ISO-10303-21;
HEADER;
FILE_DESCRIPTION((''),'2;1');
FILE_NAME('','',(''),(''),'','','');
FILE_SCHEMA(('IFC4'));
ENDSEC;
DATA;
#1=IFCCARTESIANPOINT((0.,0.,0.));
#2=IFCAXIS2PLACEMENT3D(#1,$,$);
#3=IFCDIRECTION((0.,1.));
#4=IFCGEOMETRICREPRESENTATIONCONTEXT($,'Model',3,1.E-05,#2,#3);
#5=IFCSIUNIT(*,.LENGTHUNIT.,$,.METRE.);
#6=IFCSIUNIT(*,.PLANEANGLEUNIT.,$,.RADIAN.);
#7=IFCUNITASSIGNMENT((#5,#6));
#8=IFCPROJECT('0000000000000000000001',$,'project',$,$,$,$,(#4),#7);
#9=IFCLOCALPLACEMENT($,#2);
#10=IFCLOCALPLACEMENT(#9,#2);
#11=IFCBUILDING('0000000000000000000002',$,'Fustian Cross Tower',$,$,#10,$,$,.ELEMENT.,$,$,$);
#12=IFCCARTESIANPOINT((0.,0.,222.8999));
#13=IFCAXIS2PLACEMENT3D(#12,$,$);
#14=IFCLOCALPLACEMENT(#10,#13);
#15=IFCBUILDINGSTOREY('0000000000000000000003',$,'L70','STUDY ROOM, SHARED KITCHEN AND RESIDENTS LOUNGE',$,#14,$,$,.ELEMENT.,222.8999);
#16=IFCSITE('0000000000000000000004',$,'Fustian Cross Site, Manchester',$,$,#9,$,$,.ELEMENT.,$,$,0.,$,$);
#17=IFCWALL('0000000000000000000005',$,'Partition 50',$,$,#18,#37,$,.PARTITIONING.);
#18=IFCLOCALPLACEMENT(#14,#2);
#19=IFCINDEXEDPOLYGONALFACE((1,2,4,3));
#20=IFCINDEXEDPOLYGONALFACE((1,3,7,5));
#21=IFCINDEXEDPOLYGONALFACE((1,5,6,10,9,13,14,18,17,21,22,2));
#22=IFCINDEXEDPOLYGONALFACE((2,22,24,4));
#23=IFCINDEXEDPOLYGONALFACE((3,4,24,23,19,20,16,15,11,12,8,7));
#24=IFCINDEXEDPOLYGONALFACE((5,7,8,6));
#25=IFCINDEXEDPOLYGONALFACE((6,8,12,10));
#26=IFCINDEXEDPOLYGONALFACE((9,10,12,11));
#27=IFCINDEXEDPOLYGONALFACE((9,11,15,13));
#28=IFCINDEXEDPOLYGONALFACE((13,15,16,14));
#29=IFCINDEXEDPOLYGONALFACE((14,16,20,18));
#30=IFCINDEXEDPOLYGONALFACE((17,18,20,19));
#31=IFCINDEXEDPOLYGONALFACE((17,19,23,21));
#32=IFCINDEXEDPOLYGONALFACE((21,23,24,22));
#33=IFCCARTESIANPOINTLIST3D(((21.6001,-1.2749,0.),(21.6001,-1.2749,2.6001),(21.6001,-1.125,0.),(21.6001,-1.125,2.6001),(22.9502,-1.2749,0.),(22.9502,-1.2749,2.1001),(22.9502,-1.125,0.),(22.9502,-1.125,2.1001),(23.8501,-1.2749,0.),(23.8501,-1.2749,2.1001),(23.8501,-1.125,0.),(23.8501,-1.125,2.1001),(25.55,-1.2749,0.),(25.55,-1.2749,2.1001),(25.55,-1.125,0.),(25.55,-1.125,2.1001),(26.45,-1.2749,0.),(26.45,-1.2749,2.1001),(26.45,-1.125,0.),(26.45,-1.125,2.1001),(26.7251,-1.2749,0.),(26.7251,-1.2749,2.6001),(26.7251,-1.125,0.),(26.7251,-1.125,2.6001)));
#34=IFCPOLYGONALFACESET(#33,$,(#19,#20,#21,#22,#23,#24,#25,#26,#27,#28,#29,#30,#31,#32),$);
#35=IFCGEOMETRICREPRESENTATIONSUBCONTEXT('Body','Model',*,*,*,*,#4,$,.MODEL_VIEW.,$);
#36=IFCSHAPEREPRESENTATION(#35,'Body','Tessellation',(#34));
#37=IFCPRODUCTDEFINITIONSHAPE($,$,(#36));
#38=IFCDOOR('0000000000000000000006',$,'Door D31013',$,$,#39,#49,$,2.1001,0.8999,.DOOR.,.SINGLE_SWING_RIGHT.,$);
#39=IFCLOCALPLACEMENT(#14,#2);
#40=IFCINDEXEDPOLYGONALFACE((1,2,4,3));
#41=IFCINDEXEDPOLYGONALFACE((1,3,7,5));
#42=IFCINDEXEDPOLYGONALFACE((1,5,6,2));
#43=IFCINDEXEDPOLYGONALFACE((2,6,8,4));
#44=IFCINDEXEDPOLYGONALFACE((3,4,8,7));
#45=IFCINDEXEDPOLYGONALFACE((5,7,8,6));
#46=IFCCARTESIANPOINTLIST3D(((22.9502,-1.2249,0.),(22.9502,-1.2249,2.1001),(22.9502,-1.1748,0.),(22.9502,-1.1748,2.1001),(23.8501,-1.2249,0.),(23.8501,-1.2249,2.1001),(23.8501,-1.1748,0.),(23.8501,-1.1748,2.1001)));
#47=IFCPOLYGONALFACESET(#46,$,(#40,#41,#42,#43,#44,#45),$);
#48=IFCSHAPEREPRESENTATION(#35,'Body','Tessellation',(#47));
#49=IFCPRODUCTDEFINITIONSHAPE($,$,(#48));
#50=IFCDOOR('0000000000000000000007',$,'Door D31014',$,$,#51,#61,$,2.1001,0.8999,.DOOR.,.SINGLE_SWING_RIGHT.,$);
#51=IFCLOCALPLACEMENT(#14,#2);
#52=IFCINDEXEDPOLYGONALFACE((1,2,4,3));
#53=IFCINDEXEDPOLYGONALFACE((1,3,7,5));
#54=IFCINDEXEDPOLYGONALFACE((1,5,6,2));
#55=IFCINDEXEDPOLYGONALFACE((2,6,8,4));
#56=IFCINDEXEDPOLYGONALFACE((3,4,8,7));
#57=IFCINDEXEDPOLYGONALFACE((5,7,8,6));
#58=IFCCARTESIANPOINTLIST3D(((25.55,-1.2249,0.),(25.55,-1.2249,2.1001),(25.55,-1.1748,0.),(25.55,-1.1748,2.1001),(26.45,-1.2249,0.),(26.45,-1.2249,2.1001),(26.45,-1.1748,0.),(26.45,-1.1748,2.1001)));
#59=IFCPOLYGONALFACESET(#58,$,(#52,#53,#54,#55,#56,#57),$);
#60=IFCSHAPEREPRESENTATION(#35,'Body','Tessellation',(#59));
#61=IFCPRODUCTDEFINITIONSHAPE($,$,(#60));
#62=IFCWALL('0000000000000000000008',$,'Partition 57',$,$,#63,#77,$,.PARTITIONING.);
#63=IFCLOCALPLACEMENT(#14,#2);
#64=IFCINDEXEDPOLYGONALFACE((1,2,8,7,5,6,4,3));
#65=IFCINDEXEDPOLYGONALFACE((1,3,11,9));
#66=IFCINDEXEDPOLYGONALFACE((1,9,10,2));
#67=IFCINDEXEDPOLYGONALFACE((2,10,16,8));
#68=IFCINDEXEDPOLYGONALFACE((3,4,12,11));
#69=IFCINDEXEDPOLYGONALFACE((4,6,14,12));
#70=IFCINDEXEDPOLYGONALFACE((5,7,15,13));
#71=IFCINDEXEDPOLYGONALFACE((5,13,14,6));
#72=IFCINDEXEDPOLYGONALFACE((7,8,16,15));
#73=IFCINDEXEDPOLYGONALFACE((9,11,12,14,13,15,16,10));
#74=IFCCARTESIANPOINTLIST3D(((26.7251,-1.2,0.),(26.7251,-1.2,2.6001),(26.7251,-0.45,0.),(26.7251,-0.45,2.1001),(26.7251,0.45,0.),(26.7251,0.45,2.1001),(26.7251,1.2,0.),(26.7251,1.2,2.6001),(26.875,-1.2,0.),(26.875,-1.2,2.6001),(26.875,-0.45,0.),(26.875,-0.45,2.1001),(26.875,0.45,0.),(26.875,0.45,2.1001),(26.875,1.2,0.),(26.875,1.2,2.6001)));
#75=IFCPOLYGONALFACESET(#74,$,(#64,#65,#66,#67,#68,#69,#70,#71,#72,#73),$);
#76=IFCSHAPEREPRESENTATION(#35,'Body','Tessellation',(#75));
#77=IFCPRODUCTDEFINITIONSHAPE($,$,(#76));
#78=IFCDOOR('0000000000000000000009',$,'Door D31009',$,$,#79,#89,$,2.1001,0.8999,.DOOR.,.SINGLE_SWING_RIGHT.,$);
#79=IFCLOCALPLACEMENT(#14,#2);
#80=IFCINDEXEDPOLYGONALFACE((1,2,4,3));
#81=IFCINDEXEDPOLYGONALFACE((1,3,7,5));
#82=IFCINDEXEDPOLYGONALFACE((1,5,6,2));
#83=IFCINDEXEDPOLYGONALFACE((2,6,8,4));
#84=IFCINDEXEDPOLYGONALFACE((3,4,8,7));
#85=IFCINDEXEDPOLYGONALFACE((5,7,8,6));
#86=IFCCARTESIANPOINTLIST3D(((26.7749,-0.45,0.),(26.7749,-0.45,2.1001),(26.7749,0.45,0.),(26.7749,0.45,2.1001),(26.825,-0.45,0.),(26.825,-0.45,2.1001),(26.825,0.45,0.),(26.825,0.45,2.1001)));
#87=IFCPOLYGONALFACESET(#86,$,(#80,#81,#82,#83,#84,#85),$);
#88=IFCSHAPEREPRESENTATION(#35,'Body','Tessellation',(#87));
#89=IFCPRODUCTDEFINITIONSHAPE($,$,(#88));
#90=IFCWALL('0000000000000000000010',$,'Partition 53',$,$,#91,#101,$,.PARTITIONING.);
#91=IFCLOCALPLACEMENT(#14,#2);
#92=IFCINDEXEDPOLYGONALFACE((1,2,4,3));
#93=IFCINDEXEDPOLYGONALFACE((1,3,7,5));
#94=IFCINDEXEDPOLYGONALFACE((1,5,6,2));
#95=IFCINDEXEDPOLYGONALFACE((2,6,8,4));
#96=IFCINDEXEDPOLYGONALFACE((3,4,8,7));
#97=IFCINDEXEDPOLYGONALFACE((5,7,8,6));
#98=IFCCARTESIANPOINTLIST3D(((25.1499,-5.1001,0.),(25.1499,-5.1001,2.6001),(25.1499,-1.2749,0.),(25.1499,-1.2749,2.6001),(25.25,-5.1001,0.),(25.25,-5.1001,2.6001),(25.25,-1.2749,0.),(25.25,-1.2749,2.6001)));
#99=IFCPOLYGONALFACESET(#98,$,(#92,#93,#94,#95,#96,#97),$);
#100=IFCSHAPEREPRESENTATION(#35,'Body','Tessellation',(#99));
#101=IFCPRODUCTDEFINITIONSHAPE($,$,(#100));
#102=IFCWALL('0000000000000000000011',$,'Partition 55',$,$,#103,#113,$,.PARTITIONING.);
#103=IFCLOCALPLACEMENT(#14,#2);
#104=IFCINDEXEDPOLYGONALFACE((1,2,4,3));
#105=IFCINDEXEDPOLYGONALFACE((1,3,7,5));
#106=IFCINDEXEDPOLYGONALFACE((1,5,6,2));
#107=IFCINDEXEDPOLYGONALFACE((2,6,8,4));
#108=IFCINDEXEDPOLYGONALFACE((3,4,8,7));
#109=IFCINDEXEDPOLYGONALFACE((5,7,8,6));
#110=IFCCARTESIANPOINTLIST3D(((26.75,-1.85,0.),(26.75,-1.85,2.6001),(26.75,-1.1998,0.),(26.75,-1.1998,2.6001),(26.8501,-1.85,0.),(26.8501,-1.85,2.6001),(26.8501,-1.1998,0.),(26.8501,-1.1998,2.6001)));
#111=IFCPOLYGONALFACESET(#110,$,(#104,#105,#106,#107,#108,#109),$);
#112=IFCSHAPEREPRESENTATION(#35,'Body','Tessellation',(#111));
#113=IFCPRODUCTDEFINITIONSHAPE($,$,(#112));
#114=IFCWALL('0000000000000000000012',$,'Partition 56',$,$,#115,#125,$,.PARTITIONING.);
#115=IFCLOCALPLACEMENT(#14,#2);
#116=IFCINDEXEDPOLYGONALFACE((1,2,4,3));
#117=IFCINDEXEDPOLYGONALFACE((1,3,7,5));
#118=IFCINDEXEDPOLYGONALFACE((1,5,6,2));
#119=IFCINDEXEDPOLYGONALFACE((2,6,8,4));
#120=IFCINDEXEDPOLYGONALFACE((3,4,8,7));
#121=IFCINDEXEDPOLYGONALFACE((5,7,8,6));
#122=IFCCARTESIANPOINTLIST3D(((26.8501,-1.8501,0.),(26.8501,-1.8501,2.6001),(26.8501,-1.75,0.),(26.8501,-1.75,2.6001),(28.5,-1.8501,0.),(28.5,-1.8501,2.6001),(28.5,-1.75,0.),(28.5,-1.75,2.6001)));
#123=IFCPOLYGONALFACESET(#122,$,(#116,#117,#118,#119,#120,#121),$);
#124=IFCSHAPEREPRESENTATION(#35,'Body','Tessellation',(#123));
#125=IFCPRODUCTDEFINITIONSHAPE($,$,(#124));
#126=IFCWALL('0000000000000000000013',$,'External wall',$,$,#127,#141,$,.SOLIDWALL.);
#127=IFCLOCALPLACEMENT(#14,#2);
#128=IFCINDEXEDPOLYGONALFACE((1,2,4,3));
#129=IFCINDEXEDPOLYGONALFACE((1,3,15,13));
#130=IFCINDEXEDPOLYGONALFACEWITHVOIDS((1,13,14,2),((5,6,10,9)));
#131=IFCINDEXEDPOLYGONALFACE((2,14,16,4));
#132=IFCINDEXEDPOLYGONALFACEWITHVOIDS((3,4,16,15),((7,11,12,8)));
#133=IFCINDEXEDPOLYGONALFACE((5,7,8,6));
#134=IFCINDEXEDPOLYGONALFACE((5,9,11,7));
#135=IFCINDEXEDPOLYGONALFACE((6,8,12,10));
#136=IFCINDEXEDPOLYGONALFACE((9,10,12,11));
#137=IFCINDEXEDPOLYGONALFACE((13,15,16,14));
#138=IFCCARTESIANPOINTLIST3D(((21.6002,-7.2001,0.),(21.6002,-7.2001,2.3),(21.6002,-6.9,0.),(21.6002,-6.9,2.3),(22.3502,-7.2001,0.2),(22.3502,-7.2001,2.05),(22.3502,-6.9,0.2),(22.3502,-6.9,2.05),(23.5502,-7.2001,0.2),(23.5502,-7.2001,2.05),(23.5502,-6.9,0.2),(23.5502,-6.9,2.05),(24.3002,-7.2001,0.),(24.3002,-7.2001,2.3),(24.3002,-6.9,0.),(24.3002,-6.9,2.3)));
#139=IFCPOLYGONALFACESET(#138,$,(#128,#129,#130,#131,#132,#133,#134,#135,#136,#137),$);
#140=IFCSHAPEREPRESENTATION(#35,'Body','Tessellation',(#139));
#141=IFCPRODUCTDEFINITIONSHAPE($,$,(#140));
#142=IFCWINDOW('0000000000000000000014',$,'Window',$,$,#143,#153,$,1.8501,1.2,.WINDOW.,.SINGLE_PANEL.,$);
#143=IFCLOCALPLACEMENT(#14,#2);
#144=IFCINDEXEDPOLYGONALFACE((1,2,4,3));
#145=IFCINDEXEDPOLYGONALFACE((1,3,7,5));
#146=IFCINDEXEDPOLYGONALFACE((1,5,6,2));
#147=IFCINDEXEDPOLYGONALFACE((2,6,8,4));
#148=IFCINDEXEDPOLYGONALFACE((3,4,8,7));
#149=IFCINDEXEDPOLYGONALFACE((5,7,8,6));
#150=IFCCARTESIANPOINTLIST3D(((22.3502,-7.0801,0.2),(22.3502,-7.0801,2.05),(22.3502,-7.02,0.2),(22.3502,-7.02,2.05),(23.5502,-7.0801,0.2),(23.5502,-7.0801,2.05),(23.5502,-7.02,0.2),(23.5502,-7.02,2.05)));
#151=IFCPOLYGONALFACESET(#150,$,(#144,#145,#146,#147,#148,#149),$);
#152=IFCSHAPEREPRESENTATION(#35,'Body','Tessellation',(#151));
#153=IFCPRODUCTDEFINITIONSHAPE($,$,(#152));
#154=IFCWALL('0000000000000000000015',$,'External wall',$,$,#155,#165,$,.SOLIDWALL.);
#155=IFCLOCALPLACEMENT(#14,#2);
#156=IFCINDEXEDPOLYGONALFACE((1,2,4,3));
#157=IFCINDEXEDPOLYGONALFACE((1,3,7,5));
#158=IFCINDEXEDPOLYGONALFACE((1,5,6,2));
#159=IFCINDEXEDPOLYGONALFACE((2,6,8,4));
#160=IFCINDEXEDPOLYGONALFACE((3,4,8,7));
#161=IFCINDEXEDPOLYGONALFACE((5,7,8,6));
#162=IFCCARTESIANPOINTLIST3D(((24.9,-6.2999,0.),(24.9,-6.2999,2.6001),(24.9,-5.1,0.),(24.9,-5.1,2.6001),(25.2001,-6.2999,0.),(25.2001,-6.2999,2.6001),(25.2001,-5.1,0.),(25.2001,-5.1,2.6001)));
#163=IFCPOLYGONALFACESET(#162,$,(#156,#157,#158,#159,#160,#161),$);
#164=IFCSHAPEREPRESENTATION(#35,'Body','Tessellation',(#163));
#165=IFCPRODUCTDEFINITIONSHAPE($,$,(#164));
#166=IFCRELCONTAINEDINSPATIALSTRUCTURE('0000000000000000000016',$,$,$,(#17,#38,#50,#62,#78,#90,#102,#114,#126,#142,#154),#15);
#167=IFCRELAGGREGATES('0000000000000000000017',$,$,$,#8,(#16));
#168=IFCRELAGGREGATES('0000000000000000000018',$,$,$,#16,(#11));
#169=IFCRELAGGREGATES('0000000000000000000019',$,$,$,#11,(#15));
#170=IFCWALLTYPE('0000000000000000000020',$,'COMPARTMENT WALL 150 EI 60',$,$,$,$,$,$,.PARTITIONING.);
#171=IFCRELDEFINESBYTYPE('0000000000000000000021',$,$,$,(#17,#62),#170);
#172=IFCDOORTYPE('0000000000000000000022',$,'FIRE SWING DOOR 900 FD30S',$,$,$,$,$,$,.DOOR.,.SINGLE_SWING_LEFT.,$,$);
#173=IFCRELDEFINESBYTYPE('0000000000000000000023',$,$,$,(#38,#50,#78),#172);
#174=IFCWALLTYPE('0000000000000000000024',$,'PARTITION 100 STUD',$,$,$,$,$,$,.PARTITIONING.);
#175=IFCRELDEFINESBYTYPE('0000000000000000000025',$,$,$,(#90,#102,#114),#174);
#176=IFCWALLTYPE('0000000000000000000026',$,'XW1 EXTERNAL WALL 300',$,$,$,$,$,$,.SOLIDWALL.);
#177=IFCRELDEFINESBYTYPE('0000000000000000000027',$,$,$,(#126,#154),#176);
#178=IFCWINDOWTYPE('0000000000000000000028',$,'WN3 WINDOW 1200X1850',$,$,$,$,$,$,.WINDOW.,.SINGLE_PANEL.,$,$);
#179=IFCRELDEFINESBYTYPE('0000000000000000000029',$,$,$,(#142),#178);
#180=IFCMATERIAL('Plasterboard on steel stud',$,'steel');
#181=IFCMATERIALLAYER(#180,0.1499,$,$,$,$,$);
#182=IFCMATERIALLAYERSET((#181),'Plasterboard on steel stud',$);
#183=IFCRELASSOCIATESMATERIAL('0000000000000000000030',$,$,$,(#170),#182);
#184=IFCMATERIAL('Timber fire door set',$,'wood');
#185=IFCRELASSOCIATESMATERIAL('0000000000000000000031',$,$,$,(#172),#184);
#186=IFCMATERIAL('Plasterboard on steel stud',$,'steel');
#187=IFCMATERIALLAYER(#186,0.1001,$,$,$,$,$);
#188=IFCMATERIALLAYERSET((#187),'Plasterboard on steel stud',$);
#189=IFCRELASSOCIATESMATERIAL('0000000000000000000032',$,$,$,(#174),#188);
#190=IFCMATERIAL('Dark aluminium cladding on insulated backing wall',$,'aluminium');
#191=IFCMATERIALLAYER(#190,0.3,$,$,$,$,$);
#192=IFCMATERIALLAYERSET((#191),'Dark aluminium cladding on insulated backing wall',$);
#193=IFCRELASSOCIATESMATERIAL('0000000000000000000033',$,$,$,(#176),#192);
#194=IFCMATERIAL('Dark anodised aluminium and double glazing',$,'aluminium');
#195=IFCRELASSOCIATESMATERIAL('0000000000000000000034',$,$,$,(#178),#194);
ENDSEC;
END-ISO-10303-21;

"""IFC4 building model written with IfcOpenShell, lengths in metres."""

from ifc_helpers import new_model, si_unit, direction, frame, frame_2d, origin, place, context, subcontext, project, spatial, rectangle, extrude, material, layer, layer_set, type_object, element, fill, save


model = new_model("IFC4")

# Units and contexts
model_context = context("Model", 3, precision=1e-05, world=origin(), true_north=direction((0.0, 1.0)))
body_context = subcontext(model_context, "Body", "Model", "MODEL_VIEW")
ifc_project = project(units=[si_unit("LENGTHUNIT", "METRE"), si_unit("PLANEANGLEUNIT", "RADIAN")], contexts=[model_context])

# Site, building, storey
site_placement = place(None, origin())
site = spatial("IfcSite", under=ifc_project, at=site_placement, Name="Fustian Cross Site, Manchester", CompositionType="ELEMENT", RefElevation=0.0)
building_placement = place(site_placement, origin())
building = spatial("IfcBuilding", under=site, at=building_placement, Name="Fustian Cross Tower", CompositionType="ELEMENT")
storey_placement = place(building_placement, frame((0.0, 0.0, 222.8999)))
storey = spatial("IfcBuildingStorey", under=building, at=storey_placement, Name="L70", Description="STUDY ROOM, SHARED KITCHEN AND RESIDENTS LOUNGE", CompositionType="ELEMENT", Elevation=222.8999)

# Wall, openings, doors
ifc_material_1 = material(Name="Plasterboard on steel stud", Category="steel")
ifc_layer_1 = layer(ifc_material_1, 0.1499)
ifc_layer_set_1 = layer_set([ifc_layer_1], Name="Plasterboard on steel stud")
wall_type_1 = type_object("IfcWallType", Name="COMPARTMENT WALL 150 EI 60", PredefinedType="PARTITIONING", material=ifc_layer_set_1)
wall_1_placement = place(storey_placement, frame((21.6001, -1.2, 0.0), z_axis=(0.0, 0.0, 1.0), x_axis=(1.0, 0.0, 0.0)))
wall_1 = element("IfcWall", 1, at=wall_1_placement, inside=storey, type_object=wall_type_1, Name="Partition 50", PredefinedType="PARTITIONING", context=body_context, shape_type="SweptSolid", body=[
    extrude(rectangle(XDim=5.125, YDim=0.1499, at=frame_2d((2.5625, 0.0))), origin(), (0.0, 0.0, 1.0), 2.6001),
])
opening_1_placement = place(wall_1_placement, frame((1.3501, 0.0, 0.0)))
opening_1 = element("IfcOpeningElement", 2, at=opening_1_placement, cuts=wall_1, PredefinedType="OPENING", context=body_context, shape_type="SweptSolid", body=[
    extrude(rectangle(XDim=0.8999, YDim=2.1001, at=frame_2d((0.45, 1.05))), frame((0.0, 0.085, 0.0), z_axis=(0.0, -1.0, 0.0), x_axis=(1.0, 0.0, 0.0)), (0.0, 0.0, 1.0), 0.1699),
])
opening_2_placement = place(wall_1_placement, frame((3.95, 0.0, 0.0)))
opening_2 = element("IfcOpeningElement", 3, at=opening_2_placement, cuts=wall_1, PredefinedType="OPENING", context=body_context, shape_type="SweptSolid", body=[
    extrude(rectangle(XDim=0.8999, YDim=2.1001, at=frame_2d((0.45, 1.05))), frame((0.0, 0.085, 0.0), z_axis=(0.0, -1.0, 0.0), x_axis=(1.0, 0.0, 0.0)), (0.0, 0.0, 1.0), 0.1699),
])
ifc_material_2 = material(Name="Timber fire door set", Category="wood")
door_type = type_object("IfcDoorType", Name="FIRE SWING DOOR 900 FD30S", OperationType="SINGLE_SWING_LEFT", PredefinedType="DOOR", material=ifc_material_2)
door_1_placement = place(opening_1_placement, frame((0.8999, 0.0, 0.0), z_axis=(0.0, 0.0, 1.0), x_axis=(-1.0, 0.0, 0.0)))
door_1 = element("IfcDoor", 4, at=door_1_placement, inside=storey, type_object=door_type, Name="Door D31013", OperationType="SINGLE_SWING_RIGHT", OverallHeight=2.1001, OverallWidth=0.8999, PredefinedType="DOOR", context=body_context, shape_type="SweptSolid", body=[
    extrude(rectangle(XDim=0.8999, YDim=2.1001, at=frame_2d((0.45, 1.05))), frame((0.0, 0.0249, 0.0), z_axis=(0.0, -1.0, 0.0), x_axis=(1.0, 0.0, 0.0)), (0.0, 0.0, 1.0), 0.05),
])
fill(opening_1, door_1)
door_2_placement = place(opening_2_placement, frame((0.8999, 0.0, 0.0), z_axis=(0.0, 0.0, 1.0), x_axis=(-1.0, 0.0, 0.0)))
door_2 = element("IfcDoor", 5, at=door_2_placement, inside=storey, type_object=door_type, Name="Door D31014", OperationType="SINGLE_SWING_RIGHT", OverallHeight=2.1001, OverallWidth=0.8999, PredefinedType="DOOR", context=body_context, shape_type="SweptSolid", body=[
    extrude(rectangle(XDim=0.8999, YDim=2.1001, at=frame_2d((0.45, 1.05))), frame((0.0, 0.0249, 0.0), z_axis=(0.0, -1.0, 0.0), x_axis=(1.0, 0.0, 0.0)), (0.0, 0.0, 1.0), 0.05),
])
fill(opening_2, door_2)

# Wall, opening, door
wall_2_placement = place(storey_placement, frame((26.8, -1.2, 0.0), z_axis=(0.0, 0.0, 1.0), x_axis=(0.0, 1.0, 0.0)))
wall_2 = element("IfcWall", 6, at=wall_2_placement, inside=storey, type_object=wall_type_1, Name="Partition 57", PredefinedType="PARTITIONING", context=body_context, shape_type="SweptSolid", body=[
    extrude(rectangle(XDim=2.3999, YDim=0.1499, at=frame_2d((1.2, 0.0))), origin(), (0.0, 0.0, 1.0), 2.6001),
])
opening_3_placement = place(wall_2_placement, frame((0.75, 0.0, 0.0)))
opening_3 = element("IfcOpeningElement", 7, at=opening_3_placement, cuts=wall_2, PredefinedType="OPENING", context=body_context, shape_type="SweptSolid", body=[
    extrude(rectangle(XDim=0.8999, YDim=2.1001, at=frame_2d((0.45, 1.05))), frame((0.0, 0.085, 0.0), z_axis=(0.0, -1.0, 0.0), x_axis=(1.0, 0.0, 0.0)), (0.0, 0.0, 1.0), 0.1699),
])
door_3_placement = place(opening_3_placement, frame((0.8999, 0.0, 0.0), z_axis=(0.0, 0.0, 1.0), x_axis=(-1.0, 0.0, 0.0)))
door_3 = element("IfcDoor", 8, at=door_3_placement, inside=storey, type_object=door_type, Name="Door D31009", OperationType="SINGLE_SWING_RIGHT", OverallHeight=2.1001, OverallWidth=0.8999, PredefinedType="DOOR", context=body_context, shape_type="SweptSolid", body=[
    extrude(rectangle(XDim=0.8999, YDim=2.1001, at=frame_2d((0.45, 1.05))), frame((0.0, 0.0249, 0.0), z_axis=(0.0, -1.0, 0.0), x_axis=(1.0, 0.0, 0.0)), (0.0, 0.0, 1.0), 0.05),
])
fill(opening_3, door_3)

# Walls
ifc_material_3 = material(Name="Plasterboard on steel stud", Category="steel")
ifc_layer_2 = layer(ifc_material_3, 0.1001)
ifc_layer_set_2 = layer_set([ifc_layer_2], Name="Plasterboard on steel stud")
wall_type_2 = type_object("IfcWallType", Name="PARTITION 100 STUD", PredefinedType="PARTITIONING", material=ifc_layer_set_2)
wall_3_placement = place(storey_placement, frame((25.2, -5.1001, 0.0), z_axis=(0.0, 0.0, 1.0), x_axis=(0.0, 1.0, 0.0)))
element("IfcWall", 9, at=wall_3_placement, inside=storey, type_object=wall_type_2, Name="Partition 53", PredefinedType="PARTITIONING", context=body_context, shape_type="SweptSolid", body=[
    extrude(rectangle(XDim=3.8252, YDim=0.1001, at=frame_2d((1.9126, 0.0))), origin(), (0.0, 0.0, 1.0), 2.6001),
])
wall_4_placement = place(storey_placement, frame((26.8, -1.8501, 0.0), z_axis=(0.0, 0.0, 1.0), x_axis=(0.0, 1.0, 0.0)))
element("IfcWall", 10, at=wall_4_placement, inside=storey, type_object=wall_type_2, Name="Partition 55", PredefinedType="PARTITIONING", context=body_context, shape_type="SweptSolid", body=[
    extrude(rectangle(XDim=0.6501, YDim=0.1001, at=frame_2d((0.3252, 0.0))), origin(), (0.0, 0.0, 1.0), 2.6001),
])
wall_5_placement = place(storey_placement, frame((26.8501, -1.8, 0.0), z_axis=(0.0, 0.0, 1.0), x_axis=(1.0, 0.0, 0.0)))
element("IfcWall", 11, at=wall_5_placement, inside=storey, type_object=wall_type_2, Name="Partition 56", PredefinedType="PARTITIONING", context=body_context, shape_type="SweptSolid", body=[
    extrude(rectangle(XDim=1.6499, YDim=0.1001, at=frame_2d((0.825, 0.0))), origin(), (0.0, 0.0, 1.0), 2.6001),
])

# Wall, opening, window
ifc_material_4 = material(Name="Dark aluminium cladding on insulated backing wall", Category="aluminium")
ifc_layer_3 = layer(ifc_material_4, 0.3)
ifc_layer_set_3 = layer_set([ifc_layer_3], Name="Dark aluminium cladding on insulated backing wall")
wall_type_3 = type_object("IfcWallType", Name="XW1 EXTERNAL WALL 300", PredefinedType="SOLIDWALL", material=ifc_layer_set_3)
wall_6_placement = place(storey_placement, frame((21.6001, -7.05, 0.0), z_axis=(0.0, 0.0, 1.0), x_axis=(1.0, 0.0, 0.0)))
wall_6 = element("IfcWall", 12, at=wall_6_placement, inside=storey, type_object=wall_type_3, Name="External wall", PredefinedType="SOLIDWALL", context=body_context, shape_type="SweptSolid", body=[
    extrude(rectangle(XDim=2.7, YDim=0.3, at=frame_2d((1.3501, 0.0))), origin(), (0.0, 0.0, 1.0), 2.3),
])
opening_4_placement = place(wall_6_placement, frame((0.75, 0.0, 0.2)))
opening_4 = element("IfcOpeningElement", 13, at=opening_4_placement, cuts=wall_6, PredefinedType="OPENING", context=body_context, shape_type="SweptSolid", body=[
    extrude(rectangle(XDim=1.2, YDim=1.8501, at=frame_2d((0.6001, 0.925))), frame((0.0, 0.1599, 0.0), z_axis=(0.0, -1.0, 0.0), x_axis=(1.0, 0.0, 0.0)), (0.0, 0.0, 1.0), 0.3201),
])
ifc_material_5 = material(Name="Dark anodised aluminium and double glazing", Category="aluminium")
window_type_1 = type_object("IfcWindowType", Name="WN3 WINDOW 1200X1850", PartitioningType="SINGLE_PANEL", PredefinedType="WINDOW", material=ifc_material_5)
window_1_placement = place(opening_4_placement, origin())
window_1 = element("IfcWindow", 14, at=window_1_placement, inside=storey, type_object=window_type_1, Name="Window", OverallHeight=1.8501, OverallWidth=1.2, PartitioningType="SINGLE_PANEL", PredefinedType="WINDOW", context=body_context, shape_type="SweptSolid", body=[
    extrude(rectangle(XDim=1.2, YDim=1.8501, at=frame_2d((0.6001, 0.925))), frame((0.0, 0.03, 0.0), z_axis=(0.0, -1.0, 0.0), x_axis=(1.0, 0.0, 0.0)), (0.0, 0.0, 1.0), 0.0601),
])
fill(opening_4, window_1)

# Wall
wall_7_placement = place(storey_placement, frame((25.05, -6.3, 0.0), z_axis=(0.0, 0.0, 1.0), x_axis=(0.0, 1.0, 0.0)))
element("IfcWall", 15, at=wall_7_placement, inside=storey, type_object=wall_type_3, Name="External wall", PredefinedType="SOLIDWALL", context=body_context, shape_type="SweptSolid", body=[
    extrude(rectangle(XDim=1.2, YDim=0.3, at=frame_2d((0.6001, 0.0))), origin(), (0.0, 0.0, 1.0), 2.6001),
])

save(model, "model.ifc")
